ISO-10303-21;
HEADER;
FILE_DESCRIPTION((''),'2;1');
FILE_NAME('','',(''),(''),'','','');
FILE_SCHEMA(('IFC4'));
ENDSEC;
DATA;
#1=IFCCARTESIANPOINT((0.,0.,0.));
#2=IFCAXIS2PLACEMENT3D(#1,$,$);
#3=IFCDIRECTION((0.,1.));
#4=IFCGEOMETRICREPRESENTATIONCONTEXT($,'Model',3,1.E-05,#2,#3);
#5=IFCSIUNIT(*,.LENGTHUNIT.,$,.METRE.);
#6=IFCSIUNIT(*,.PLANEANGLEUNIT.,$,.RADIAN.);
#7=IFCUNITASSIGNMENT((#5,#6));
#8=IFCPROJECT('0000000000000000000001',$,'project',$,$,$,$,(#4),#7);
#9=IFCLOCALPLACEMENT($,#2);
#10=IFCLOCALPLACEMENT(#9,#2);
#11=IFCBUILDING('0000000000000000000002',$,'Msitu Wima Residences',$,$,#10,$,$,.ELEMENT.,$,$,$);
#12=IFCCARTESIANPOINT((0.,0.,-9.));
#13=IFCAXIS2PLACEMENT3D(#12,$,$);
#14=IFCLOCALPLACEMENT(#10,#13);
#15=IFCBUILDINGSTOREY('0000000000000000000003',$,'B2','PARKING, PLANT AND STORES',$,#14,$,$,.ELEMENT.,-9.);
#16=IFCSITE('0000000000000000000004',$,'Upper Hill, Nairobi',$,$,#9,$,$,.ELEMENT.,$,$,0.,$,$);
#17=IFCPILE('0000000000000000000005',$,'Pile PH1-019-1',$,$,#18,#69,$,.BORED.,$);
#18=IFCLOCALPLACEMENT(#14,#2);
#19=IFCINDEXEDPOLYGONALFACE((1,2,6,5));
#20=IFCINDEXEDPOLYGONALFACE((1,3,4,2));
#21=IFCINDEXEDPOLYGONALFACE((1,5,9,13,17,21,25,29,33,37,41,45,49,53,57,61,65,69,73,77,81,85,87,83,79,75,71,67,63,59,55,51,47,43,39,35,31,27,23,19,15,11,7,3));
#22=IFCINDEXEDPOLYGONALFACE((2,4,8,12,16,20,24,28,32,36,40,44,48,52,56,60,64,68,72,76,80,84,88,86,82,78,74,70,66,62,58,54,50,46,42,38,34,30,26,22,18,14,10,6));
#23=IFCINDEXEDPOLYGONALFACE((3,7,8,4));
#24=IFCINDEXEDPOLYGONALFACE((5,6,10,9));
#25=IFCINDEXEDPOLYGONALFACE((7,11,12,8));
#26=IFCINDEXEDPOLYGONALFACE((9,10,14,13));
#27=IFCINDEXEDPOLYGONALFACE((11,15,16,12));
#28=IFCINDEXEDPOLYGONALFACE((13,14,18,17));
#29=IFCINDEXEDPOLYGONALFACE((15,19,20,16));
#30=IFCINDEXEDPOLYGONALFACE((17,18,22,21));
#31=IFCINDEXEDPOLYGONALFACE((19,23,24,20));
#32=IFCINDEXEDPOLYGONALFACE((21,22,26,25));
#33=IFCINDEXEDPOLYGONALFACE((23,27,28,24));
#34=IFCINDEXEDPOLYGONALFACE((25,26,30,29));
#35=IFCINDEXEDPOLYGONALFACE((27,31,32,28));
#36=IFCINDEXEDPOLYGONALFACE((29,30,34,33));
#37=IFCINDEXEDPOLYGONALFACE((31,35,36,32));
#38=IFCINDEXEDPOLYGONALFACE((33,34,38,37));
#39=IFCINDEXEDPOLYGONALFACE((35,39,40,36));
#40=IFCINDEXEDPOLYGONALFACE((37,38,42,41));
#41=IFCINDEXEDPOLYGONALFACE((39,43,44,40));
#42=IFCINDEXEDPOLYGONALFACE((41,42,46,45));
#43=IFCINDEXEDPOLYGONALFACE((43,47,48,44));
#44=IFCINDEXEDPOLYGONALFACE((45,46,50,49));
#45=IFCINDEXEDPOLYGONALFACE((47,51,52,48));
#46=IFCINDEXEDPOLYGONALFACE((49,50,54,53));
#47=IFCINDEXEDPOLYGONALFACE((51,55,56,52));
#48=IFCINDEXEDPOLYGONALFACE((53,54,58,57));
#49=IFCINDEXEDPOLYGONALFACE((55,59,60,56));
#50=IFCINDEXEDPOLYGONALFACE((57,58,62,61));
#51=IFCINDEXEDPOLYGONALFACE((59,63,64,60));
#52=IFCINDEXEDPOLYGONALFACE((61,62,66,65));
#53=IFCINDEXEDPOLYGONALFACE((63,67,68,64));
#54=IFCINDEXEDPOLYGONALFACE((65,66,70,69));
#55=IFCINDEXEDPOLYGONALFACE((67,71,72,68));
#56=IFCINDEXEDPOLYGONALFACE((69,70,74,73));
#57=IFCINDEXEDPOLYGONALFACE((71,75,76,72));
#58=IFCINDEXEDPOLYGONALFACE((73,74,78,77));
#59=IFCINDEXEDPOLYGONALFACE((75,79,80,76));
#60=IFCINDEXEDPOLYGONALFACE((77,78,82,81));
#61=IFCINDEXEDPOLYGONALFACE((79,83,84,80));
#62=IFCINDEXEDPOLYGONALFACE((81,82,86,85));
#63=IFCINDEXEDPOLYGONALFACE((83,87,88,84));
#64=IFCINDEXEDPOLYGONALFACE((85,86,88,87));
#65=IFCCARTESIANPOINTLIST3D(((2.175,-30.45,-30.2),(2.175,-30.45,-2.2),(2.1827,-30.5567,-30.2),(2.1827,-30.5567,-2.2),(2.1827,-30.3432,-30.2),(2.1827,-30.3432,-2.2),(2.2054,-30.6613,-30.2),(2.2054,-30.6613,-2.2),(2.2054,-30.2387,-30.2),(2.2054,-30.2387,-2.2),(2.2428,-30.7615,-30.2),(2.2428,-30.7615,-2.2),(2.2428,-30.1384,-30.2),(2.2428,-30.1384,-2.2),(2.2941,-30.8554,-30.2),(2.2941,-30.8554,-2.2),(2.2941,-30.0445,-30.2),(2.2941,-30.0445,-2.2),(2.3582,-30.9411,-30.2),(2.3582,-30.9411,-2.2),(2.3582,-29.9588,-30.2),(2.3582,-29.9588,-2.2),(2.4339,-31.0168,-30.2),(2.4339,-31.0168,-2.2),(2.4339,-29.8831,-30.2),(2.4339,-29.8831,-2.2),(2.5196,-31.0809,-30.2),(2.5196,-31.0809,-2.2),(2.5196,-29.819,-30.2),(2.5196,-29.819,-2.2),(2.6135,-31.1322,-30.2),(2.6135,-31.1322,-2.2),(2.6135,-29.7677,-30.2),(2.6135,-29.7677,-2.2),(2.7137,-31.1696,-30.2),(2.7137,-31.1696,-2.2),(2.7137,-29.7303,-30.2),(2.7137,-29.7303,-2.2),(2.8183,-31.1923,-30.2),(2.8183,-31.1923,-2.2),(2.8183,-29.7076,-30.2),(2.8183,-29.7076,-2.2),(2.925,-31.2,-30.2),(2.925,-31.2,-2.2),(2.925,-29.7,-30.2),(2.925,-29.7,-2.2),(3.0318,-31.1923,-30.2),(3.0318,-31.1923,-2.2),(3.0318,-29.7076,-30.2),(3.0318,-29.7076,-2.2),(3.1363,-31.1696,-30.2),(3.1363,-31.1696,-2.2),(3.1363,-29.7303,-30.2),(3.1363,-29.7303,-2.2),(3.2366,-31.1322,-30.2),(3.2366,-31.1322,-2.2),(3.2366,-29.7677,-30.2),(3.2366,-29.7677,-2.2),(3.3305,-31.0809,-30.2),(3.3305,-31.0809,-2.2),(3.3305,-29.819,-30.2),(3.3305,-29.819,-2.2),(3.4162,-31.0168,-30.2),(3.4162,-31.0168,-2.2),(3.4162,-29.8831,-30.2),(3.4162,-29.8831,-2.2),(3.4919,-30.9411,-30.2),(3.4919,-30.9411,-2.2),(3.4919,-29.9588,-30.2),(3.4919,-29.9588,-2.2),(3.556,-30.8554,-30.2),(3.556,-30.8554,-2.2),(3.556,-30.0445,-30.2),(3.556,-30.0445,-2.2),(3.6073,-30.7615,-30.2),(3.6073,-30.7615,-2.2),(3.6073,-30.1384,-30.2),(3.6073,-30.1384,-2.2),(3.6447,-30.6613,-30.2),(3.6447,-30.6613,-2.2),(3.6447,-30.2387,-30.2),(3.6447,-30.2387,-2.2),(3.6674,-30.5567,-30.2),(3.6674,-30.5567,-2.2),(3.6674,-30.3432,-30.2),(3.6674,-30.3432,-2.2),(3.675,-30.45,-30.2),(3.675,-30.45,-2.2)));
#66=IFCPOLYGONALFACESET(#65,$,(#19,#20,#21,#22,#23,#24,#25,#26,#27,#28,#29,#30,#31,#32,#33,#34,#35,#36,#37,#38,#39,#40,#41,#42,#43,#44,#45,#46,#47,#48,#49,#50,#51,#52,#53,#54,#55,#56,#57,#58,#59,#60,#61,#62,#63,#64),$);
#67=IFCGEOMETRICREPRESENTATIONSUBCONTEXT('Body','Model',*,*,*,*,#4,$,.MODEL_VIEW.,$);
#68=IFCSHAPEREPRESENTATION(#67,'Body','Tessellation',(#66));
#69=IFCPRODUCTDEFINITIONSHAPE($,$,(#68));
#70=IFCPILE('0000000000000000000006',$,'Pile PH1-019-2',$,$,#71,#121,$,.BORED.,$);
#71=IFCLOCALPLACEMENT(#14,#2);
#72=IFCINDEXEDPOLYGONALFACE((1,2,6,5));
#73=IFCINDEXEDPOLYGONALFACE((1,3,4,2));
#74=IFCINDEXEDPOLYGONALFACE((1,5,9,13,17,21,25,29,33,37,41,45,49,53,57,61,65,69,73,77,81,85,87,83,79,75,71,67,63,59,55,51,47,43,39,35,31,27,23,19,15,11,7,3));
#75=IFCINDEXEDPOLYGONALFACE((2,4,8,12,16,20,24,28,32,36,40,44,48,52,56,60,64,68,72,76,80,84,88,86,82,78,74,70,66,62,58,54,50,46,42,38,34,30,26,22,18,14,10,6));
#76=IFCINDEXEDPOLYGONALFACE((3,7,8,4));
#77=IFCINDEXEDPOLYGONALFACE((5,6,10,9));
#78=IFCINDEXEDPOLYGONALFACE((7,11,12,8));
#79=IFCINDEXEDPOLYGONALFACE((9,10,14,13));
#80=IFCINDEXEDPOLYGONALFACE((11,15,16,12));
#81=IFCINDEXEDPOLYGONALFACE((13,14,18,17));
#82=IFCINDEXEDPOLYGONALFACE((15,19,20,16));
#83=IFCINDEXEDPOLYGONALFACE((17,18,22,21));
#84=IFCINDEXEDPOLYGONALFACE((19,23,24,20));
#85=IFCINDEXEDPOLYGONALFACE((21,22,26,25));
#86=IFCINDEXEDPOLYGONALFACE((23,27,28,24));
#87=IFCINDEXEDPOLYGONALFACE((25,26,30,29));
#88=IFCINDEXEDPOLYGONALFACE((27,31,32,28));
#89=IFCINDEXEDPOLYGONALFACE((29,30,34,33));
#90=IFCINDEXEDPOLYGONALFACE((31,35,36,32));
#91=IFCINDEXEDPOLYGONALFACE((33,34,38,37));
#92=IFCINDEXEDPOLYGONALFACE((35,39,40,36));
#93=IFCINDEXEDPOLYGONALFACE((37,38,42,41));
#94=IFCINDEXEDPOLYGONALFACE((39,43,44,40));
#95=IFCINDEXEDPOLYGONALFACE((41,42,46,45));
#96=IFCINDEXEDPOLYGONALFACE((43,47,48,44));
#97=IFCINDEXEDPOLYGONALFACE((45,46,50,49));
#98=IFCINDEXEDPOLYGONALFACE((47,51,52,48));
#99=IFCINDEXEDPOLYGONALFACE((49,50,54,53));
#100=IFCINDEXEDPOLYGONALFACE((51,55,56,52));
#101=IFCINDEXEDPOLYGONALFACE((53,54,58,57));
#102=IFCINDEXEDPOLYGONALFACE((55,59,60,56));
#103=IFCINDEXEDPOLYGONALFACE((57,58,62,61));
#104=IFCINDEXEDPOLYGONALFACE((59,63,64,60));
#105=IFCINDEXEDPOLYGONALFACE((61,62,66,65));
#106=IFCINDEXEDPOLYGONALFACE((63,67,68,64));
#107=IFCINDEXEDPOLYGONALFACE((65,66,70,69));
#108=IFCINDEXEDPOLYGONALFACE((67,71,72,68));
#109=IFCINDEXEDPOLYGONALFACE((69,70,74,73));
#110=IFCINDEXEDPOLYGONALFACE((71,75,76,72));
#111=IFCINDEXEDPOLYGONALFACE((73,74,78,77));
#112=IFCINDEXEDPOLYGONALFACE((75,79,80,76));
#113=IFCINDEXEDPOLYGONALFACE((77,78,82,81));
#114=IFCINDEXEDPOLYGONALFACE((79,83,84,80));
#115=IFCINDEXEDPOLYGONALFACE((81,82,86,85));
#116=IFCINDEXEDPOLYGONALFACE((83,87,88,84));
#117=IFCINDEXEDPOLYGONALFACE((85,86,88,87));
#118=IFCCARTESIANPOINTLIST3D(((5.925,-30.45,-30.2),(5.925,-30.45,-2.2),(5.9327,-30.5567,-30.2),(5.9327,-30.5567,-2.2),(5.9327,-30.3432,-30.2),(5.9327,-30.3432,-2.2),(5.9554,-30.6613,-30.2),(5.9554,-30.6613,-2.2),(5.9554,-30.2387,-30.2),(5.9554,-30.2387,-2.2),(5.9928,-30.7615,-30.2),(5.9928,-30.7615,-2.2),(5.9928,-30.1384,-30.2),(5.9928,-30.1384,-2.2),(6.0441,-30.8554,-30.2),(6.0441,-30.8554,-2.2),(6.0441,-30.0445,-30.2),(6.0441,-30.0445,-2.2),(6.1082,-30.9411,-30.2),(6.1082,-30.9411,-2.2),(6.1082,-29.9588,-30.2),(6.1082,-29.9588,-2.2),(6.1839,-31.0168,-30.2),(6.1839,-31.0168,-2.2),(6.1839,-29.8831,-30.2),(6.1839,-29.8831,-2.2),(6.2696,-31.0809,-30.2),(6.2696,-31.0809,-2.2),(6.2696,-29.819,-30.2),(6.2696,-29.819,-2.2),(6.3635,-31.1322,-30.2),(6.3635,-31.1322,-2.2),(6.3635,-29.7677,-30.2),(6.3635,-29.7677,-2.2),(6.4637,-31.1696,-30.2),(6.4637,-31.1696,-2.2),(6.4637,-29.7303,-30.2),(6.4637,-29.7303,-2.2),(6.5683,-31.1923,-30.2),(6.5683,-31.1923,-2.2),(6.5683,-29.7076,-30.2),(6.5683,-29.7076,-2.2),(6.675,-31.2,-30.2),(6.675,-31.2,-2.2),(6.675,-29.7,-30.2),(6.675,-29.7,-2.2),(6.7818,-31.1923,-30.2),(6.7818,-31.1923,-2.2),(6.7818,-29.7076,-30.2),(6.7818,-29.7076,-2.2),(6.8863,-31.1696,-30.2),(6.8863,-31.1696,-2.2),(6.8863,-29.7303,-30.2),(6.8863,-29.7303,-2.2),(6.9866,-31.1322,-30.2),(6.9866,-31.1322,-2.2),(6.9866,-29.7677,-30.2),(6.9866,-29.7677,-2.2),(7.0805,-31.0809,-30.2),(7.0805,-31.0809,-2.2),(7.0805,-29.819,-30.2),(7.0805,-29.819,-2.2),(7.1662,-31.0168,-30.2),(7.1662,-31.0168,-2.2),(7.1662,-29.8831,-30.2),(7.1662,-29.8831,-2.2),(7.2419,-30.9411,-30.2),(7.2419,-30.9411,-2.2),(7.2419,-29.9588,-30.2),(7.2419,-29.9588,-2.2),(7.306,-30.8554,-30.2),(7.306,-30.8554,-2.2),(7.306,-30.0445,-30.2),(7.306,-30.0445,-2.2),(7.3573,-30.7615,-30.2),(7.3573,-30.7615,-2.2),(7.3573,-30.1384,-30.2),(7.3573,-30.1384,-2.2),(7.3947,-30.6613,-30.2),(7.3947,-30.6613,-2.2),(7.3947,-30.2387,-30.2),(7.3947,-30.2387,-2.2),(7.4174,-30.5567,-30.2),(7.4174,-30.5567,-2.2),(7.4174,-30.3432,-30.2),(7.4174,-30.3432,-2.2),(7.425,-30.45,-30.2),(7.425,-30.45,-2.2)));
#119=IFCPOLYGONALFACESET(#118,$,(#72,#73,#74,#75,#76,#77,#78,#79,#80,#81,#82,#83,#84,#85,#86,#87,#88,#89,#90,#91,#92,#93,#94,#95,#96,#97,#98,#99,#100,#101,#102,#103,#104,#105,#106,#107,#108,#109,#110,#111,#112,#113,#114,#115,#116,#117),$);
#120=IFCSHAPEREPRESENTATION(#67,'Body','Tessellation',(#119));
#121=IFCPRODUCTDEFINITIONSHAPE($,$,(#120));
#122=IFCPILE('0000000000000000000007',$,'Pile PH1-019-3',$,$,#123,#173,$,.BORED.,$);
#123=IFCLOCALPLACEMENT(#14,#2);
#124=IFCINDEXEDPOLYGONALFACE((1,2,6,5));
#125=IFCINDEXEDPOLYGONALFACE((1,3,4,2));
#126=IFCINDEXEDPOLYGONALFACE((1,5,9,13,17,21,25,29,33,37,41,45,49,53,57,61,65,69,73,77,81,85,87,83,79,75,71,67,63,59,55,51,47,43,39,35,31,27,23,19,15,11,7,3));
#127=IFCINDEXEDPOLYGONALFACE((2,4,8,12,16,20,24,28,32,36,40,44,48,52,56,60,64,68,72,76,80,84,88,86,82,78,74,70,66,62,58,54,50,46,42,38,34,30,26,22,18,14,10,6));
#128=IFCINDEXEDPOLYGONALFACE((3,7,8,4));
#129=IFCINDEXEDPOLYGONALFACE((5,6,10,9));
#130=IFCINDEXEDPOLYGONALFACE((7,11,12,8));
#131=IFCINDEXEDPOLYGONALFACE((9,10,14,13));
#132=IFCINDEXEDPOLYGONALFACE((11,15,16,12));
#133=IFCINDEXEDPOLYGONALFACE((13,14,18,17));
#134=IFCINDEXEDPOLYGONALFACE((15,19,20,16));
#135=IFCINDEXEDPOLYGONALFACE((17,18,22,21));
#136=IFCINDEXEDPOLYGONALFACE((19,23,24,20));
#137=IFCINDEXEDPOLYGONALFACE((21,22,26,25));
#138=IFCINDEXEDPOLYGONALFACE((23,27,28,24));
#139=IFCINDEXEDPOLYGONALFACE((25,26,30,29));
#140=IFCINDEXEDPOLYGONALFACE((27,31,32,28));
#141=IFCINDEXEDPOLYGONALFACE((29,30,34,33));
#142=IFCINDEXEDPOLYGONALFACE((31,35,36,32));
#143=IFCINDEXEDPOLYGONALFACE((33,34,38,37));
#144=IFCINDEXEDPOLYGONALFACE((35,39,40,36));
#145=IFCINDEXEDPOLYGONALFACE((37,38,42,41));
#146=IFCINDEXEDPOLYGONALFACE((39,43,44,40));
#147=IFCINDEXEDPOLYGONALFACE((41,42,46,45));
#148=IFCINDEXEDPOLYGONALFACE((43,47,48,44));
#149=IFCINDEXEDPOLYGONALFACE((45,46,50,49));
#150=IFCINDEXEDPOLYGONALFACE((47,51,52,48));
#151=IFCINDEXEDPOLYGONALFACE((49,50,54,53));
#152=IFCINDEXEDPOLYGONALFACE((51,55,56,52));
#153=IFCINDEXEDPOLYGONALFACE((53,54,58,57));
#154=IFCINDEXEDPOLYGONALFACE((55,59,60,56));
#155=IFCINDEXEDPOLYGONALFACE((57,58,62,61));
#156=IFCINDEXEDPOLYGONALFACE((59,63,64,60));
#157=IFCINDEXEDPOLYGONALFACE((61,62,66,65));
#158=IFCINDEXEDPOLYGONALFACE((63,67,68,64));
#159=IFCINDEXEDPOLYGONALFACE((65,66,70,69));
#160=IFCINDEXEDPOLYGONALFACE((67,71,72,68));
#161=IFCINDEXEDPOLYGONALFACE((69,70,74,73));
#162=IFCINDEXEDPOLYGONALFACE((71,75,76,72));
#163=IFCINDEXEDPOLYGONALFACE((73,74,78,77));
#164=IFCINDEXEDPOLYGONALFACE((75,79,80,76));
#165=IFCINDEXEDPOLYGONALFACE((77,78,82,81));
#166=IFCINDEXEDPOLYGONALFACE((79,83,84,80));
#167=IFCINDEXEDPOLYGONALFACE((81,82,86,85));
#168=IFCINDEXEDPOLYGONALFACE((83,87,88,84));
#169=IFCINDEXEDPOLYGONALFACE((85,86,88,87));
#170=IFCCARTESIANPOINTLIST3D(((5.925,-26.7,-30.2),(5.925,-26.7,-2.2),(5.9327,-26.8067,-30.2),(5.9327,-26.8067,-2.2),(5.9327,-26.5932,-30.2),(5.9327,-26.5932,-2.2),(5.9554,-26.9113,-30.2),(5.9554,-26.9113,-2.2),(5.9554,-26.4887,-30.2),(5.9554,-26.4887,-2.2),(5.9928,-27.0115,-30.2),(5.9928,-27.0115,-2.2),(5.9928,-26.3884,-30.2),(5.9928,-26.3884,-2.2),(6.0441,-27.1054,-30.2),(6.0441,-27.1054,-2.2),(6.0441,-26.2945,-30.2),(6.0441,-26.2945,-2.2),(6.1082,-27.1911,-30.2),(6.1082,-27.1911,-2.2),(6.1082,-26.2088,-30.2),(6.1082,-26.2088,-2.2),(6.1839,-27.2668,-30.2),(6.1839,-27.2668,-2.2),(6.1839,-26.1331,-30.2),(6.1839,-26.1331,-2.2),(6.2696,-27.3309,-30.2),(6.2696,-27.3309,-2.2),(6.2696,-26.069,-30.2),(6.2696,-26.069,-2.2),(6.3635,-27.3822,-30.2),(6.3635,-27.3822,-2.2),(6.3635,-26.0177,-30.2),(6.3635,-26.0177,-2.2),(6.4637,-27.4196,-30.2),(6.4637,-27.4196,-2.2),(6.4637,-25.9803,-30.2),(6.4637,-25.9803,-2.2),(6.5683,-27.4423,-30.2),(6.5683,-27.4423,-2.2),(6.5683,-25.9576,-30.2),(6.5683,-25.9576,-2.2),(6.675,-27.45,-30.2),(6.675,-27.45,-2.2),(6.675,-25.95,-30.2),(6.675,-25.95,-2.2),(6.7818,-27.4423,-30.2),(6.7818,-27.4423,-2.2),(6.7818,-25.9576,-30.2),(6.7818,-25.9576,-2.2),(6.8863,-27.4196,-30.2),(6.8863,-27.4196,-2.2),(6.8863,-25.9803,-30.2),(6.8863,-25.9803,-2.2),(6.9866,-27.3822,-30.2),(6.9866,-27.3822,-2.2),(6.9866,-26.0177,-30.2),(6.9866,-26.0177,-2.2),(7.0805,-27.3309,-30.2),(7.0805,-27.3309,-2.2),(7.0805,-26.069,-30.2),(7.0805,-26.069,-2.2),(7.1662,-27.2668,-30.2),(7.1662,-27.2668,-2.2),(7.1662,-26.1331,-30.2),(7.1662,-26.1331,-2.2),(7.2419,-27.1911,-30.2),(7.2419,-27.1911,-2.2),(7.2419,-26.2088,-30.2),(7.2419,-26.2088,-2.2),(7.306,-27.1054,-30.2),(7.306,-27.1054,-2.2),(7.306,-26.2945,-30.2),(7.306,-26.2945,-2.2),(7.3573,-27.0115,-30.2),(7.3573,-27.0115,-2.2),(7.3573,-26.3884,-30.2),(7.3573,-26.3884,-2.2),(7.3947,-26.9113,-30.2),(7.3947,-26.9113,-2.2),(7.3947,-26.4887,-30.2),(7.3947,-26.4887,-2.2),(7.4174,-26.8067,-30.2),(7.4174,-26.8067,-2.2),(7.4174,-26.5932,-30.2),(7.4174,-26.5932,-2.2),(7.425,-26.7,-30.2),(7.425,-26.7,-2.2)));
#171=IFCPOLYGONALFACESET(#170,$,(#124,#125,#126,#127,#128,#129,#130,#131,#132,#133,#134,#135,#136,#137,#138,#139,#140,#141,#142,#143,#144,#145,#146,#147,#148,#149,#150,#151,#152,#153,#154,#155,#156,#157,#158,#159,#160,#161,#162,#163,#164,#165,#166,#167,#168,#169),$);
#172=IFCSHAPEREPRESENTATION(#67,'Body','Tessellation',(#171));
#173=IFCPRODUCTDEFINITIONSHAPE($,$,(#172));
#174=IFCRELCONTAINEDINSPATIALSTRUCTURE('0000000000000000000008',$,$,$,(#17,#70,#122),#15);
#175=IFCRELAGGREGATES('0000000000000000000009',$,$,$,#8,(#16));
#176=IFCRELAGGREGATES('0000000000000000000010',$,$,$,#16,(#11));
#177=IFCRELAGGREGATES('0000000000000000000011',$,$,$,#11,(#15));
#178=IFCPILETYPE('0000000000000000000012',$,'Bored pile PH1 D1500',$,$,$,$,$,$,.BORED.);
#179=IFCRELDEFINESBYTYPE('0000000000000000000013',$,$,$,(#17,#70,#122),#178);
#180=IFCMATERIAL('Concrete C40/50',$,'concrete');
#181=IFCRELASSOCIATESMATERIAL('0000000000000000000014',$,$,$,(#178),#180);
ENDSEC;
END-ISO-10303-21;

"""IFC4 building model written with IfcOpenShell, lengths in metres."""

from ifc_helpers import new_model, si_unit, direction, frame, origin, origin_2d, place, context, subcontext, project, spatial, circle, extrude, material, type_object, element, save


model = new_model("IFC4")

# Units and contexts
model_context = context("Model", 3, precision=1e-05, world=origin(), true_north=direction((0.0, 1.0)))
body_context = subcontext(model_context, "Body", "Model", "MODEL_VIEW")
ifc_project = project(units=[si_unit("LENGTHUNIT", "METRE"), si_unit("PLANEANGLEUNIT", "RADIAN")], contexts=[model_context])

# Site, building, storey
site_placement = place(None, origin())
site = spatial("IfcSite", under=ifc_project, at=site_placement, Name="Upper Hill, Nairobi", CompositionType="ELEMENT", RefElevation=0.0)
building_placement = place(site_placement, origin())
building = spatial("IfcBuilding", under=site, at=building_placement, Name="Msitu Wima Residences", CompositionType="ELEMENT")
storey_placement = place(building_placement, frame((0.0, 0.0, -9.0)))
storey = spatial("IfcBuildingStorey", under=building, at=storey_placement, Name="B2", Description="PARKING, PLANT AND STORES", CompositionType="ELEMENT", Elevation=-9.0)

# Piles
ifc_material_1 = material(Name="Concrete C40/50", Category="concrete")
pile_type_1 = type_object("IfcPileType", Name="Bored pile PH1 D1500", PredefinedType="BORED", material=ifc_material_1)
for number, where, z_axis, x_axis, name in (
    (1, (2.925, -30.45, -2.2), (0.0, 0.0, -1.0), (1.0, 0.0, 0.0), "Pile PH1-019-1"),
    (2, (6.675, -30.45, -2.2), (0.0, 0.0, -1.0), (1.0, 0.0, 0.0), "Pile PH1-019-2"),
    (3, (6.675, -26.7, -2.2), (0.0, 0.0, -1.0), (1.0, 0.0, 0.0), "Pile PH1-019-3"),
):
    element("IfcPile", number, at=place(storey_placement, frame(where, z_axis=z_axis, x_axis=x_axis)), inside=storey, type_object=pile_type_1, Name=name, PredefinedType="BORED", context=body_context, shape_type="SweptSolid", body=[
        extrude(circle(Radius=0.75, at=origin_2d()), origin(), (0.0, 0.0, 1.0), 28.0),
    ])

save(model, "model.ifc")
